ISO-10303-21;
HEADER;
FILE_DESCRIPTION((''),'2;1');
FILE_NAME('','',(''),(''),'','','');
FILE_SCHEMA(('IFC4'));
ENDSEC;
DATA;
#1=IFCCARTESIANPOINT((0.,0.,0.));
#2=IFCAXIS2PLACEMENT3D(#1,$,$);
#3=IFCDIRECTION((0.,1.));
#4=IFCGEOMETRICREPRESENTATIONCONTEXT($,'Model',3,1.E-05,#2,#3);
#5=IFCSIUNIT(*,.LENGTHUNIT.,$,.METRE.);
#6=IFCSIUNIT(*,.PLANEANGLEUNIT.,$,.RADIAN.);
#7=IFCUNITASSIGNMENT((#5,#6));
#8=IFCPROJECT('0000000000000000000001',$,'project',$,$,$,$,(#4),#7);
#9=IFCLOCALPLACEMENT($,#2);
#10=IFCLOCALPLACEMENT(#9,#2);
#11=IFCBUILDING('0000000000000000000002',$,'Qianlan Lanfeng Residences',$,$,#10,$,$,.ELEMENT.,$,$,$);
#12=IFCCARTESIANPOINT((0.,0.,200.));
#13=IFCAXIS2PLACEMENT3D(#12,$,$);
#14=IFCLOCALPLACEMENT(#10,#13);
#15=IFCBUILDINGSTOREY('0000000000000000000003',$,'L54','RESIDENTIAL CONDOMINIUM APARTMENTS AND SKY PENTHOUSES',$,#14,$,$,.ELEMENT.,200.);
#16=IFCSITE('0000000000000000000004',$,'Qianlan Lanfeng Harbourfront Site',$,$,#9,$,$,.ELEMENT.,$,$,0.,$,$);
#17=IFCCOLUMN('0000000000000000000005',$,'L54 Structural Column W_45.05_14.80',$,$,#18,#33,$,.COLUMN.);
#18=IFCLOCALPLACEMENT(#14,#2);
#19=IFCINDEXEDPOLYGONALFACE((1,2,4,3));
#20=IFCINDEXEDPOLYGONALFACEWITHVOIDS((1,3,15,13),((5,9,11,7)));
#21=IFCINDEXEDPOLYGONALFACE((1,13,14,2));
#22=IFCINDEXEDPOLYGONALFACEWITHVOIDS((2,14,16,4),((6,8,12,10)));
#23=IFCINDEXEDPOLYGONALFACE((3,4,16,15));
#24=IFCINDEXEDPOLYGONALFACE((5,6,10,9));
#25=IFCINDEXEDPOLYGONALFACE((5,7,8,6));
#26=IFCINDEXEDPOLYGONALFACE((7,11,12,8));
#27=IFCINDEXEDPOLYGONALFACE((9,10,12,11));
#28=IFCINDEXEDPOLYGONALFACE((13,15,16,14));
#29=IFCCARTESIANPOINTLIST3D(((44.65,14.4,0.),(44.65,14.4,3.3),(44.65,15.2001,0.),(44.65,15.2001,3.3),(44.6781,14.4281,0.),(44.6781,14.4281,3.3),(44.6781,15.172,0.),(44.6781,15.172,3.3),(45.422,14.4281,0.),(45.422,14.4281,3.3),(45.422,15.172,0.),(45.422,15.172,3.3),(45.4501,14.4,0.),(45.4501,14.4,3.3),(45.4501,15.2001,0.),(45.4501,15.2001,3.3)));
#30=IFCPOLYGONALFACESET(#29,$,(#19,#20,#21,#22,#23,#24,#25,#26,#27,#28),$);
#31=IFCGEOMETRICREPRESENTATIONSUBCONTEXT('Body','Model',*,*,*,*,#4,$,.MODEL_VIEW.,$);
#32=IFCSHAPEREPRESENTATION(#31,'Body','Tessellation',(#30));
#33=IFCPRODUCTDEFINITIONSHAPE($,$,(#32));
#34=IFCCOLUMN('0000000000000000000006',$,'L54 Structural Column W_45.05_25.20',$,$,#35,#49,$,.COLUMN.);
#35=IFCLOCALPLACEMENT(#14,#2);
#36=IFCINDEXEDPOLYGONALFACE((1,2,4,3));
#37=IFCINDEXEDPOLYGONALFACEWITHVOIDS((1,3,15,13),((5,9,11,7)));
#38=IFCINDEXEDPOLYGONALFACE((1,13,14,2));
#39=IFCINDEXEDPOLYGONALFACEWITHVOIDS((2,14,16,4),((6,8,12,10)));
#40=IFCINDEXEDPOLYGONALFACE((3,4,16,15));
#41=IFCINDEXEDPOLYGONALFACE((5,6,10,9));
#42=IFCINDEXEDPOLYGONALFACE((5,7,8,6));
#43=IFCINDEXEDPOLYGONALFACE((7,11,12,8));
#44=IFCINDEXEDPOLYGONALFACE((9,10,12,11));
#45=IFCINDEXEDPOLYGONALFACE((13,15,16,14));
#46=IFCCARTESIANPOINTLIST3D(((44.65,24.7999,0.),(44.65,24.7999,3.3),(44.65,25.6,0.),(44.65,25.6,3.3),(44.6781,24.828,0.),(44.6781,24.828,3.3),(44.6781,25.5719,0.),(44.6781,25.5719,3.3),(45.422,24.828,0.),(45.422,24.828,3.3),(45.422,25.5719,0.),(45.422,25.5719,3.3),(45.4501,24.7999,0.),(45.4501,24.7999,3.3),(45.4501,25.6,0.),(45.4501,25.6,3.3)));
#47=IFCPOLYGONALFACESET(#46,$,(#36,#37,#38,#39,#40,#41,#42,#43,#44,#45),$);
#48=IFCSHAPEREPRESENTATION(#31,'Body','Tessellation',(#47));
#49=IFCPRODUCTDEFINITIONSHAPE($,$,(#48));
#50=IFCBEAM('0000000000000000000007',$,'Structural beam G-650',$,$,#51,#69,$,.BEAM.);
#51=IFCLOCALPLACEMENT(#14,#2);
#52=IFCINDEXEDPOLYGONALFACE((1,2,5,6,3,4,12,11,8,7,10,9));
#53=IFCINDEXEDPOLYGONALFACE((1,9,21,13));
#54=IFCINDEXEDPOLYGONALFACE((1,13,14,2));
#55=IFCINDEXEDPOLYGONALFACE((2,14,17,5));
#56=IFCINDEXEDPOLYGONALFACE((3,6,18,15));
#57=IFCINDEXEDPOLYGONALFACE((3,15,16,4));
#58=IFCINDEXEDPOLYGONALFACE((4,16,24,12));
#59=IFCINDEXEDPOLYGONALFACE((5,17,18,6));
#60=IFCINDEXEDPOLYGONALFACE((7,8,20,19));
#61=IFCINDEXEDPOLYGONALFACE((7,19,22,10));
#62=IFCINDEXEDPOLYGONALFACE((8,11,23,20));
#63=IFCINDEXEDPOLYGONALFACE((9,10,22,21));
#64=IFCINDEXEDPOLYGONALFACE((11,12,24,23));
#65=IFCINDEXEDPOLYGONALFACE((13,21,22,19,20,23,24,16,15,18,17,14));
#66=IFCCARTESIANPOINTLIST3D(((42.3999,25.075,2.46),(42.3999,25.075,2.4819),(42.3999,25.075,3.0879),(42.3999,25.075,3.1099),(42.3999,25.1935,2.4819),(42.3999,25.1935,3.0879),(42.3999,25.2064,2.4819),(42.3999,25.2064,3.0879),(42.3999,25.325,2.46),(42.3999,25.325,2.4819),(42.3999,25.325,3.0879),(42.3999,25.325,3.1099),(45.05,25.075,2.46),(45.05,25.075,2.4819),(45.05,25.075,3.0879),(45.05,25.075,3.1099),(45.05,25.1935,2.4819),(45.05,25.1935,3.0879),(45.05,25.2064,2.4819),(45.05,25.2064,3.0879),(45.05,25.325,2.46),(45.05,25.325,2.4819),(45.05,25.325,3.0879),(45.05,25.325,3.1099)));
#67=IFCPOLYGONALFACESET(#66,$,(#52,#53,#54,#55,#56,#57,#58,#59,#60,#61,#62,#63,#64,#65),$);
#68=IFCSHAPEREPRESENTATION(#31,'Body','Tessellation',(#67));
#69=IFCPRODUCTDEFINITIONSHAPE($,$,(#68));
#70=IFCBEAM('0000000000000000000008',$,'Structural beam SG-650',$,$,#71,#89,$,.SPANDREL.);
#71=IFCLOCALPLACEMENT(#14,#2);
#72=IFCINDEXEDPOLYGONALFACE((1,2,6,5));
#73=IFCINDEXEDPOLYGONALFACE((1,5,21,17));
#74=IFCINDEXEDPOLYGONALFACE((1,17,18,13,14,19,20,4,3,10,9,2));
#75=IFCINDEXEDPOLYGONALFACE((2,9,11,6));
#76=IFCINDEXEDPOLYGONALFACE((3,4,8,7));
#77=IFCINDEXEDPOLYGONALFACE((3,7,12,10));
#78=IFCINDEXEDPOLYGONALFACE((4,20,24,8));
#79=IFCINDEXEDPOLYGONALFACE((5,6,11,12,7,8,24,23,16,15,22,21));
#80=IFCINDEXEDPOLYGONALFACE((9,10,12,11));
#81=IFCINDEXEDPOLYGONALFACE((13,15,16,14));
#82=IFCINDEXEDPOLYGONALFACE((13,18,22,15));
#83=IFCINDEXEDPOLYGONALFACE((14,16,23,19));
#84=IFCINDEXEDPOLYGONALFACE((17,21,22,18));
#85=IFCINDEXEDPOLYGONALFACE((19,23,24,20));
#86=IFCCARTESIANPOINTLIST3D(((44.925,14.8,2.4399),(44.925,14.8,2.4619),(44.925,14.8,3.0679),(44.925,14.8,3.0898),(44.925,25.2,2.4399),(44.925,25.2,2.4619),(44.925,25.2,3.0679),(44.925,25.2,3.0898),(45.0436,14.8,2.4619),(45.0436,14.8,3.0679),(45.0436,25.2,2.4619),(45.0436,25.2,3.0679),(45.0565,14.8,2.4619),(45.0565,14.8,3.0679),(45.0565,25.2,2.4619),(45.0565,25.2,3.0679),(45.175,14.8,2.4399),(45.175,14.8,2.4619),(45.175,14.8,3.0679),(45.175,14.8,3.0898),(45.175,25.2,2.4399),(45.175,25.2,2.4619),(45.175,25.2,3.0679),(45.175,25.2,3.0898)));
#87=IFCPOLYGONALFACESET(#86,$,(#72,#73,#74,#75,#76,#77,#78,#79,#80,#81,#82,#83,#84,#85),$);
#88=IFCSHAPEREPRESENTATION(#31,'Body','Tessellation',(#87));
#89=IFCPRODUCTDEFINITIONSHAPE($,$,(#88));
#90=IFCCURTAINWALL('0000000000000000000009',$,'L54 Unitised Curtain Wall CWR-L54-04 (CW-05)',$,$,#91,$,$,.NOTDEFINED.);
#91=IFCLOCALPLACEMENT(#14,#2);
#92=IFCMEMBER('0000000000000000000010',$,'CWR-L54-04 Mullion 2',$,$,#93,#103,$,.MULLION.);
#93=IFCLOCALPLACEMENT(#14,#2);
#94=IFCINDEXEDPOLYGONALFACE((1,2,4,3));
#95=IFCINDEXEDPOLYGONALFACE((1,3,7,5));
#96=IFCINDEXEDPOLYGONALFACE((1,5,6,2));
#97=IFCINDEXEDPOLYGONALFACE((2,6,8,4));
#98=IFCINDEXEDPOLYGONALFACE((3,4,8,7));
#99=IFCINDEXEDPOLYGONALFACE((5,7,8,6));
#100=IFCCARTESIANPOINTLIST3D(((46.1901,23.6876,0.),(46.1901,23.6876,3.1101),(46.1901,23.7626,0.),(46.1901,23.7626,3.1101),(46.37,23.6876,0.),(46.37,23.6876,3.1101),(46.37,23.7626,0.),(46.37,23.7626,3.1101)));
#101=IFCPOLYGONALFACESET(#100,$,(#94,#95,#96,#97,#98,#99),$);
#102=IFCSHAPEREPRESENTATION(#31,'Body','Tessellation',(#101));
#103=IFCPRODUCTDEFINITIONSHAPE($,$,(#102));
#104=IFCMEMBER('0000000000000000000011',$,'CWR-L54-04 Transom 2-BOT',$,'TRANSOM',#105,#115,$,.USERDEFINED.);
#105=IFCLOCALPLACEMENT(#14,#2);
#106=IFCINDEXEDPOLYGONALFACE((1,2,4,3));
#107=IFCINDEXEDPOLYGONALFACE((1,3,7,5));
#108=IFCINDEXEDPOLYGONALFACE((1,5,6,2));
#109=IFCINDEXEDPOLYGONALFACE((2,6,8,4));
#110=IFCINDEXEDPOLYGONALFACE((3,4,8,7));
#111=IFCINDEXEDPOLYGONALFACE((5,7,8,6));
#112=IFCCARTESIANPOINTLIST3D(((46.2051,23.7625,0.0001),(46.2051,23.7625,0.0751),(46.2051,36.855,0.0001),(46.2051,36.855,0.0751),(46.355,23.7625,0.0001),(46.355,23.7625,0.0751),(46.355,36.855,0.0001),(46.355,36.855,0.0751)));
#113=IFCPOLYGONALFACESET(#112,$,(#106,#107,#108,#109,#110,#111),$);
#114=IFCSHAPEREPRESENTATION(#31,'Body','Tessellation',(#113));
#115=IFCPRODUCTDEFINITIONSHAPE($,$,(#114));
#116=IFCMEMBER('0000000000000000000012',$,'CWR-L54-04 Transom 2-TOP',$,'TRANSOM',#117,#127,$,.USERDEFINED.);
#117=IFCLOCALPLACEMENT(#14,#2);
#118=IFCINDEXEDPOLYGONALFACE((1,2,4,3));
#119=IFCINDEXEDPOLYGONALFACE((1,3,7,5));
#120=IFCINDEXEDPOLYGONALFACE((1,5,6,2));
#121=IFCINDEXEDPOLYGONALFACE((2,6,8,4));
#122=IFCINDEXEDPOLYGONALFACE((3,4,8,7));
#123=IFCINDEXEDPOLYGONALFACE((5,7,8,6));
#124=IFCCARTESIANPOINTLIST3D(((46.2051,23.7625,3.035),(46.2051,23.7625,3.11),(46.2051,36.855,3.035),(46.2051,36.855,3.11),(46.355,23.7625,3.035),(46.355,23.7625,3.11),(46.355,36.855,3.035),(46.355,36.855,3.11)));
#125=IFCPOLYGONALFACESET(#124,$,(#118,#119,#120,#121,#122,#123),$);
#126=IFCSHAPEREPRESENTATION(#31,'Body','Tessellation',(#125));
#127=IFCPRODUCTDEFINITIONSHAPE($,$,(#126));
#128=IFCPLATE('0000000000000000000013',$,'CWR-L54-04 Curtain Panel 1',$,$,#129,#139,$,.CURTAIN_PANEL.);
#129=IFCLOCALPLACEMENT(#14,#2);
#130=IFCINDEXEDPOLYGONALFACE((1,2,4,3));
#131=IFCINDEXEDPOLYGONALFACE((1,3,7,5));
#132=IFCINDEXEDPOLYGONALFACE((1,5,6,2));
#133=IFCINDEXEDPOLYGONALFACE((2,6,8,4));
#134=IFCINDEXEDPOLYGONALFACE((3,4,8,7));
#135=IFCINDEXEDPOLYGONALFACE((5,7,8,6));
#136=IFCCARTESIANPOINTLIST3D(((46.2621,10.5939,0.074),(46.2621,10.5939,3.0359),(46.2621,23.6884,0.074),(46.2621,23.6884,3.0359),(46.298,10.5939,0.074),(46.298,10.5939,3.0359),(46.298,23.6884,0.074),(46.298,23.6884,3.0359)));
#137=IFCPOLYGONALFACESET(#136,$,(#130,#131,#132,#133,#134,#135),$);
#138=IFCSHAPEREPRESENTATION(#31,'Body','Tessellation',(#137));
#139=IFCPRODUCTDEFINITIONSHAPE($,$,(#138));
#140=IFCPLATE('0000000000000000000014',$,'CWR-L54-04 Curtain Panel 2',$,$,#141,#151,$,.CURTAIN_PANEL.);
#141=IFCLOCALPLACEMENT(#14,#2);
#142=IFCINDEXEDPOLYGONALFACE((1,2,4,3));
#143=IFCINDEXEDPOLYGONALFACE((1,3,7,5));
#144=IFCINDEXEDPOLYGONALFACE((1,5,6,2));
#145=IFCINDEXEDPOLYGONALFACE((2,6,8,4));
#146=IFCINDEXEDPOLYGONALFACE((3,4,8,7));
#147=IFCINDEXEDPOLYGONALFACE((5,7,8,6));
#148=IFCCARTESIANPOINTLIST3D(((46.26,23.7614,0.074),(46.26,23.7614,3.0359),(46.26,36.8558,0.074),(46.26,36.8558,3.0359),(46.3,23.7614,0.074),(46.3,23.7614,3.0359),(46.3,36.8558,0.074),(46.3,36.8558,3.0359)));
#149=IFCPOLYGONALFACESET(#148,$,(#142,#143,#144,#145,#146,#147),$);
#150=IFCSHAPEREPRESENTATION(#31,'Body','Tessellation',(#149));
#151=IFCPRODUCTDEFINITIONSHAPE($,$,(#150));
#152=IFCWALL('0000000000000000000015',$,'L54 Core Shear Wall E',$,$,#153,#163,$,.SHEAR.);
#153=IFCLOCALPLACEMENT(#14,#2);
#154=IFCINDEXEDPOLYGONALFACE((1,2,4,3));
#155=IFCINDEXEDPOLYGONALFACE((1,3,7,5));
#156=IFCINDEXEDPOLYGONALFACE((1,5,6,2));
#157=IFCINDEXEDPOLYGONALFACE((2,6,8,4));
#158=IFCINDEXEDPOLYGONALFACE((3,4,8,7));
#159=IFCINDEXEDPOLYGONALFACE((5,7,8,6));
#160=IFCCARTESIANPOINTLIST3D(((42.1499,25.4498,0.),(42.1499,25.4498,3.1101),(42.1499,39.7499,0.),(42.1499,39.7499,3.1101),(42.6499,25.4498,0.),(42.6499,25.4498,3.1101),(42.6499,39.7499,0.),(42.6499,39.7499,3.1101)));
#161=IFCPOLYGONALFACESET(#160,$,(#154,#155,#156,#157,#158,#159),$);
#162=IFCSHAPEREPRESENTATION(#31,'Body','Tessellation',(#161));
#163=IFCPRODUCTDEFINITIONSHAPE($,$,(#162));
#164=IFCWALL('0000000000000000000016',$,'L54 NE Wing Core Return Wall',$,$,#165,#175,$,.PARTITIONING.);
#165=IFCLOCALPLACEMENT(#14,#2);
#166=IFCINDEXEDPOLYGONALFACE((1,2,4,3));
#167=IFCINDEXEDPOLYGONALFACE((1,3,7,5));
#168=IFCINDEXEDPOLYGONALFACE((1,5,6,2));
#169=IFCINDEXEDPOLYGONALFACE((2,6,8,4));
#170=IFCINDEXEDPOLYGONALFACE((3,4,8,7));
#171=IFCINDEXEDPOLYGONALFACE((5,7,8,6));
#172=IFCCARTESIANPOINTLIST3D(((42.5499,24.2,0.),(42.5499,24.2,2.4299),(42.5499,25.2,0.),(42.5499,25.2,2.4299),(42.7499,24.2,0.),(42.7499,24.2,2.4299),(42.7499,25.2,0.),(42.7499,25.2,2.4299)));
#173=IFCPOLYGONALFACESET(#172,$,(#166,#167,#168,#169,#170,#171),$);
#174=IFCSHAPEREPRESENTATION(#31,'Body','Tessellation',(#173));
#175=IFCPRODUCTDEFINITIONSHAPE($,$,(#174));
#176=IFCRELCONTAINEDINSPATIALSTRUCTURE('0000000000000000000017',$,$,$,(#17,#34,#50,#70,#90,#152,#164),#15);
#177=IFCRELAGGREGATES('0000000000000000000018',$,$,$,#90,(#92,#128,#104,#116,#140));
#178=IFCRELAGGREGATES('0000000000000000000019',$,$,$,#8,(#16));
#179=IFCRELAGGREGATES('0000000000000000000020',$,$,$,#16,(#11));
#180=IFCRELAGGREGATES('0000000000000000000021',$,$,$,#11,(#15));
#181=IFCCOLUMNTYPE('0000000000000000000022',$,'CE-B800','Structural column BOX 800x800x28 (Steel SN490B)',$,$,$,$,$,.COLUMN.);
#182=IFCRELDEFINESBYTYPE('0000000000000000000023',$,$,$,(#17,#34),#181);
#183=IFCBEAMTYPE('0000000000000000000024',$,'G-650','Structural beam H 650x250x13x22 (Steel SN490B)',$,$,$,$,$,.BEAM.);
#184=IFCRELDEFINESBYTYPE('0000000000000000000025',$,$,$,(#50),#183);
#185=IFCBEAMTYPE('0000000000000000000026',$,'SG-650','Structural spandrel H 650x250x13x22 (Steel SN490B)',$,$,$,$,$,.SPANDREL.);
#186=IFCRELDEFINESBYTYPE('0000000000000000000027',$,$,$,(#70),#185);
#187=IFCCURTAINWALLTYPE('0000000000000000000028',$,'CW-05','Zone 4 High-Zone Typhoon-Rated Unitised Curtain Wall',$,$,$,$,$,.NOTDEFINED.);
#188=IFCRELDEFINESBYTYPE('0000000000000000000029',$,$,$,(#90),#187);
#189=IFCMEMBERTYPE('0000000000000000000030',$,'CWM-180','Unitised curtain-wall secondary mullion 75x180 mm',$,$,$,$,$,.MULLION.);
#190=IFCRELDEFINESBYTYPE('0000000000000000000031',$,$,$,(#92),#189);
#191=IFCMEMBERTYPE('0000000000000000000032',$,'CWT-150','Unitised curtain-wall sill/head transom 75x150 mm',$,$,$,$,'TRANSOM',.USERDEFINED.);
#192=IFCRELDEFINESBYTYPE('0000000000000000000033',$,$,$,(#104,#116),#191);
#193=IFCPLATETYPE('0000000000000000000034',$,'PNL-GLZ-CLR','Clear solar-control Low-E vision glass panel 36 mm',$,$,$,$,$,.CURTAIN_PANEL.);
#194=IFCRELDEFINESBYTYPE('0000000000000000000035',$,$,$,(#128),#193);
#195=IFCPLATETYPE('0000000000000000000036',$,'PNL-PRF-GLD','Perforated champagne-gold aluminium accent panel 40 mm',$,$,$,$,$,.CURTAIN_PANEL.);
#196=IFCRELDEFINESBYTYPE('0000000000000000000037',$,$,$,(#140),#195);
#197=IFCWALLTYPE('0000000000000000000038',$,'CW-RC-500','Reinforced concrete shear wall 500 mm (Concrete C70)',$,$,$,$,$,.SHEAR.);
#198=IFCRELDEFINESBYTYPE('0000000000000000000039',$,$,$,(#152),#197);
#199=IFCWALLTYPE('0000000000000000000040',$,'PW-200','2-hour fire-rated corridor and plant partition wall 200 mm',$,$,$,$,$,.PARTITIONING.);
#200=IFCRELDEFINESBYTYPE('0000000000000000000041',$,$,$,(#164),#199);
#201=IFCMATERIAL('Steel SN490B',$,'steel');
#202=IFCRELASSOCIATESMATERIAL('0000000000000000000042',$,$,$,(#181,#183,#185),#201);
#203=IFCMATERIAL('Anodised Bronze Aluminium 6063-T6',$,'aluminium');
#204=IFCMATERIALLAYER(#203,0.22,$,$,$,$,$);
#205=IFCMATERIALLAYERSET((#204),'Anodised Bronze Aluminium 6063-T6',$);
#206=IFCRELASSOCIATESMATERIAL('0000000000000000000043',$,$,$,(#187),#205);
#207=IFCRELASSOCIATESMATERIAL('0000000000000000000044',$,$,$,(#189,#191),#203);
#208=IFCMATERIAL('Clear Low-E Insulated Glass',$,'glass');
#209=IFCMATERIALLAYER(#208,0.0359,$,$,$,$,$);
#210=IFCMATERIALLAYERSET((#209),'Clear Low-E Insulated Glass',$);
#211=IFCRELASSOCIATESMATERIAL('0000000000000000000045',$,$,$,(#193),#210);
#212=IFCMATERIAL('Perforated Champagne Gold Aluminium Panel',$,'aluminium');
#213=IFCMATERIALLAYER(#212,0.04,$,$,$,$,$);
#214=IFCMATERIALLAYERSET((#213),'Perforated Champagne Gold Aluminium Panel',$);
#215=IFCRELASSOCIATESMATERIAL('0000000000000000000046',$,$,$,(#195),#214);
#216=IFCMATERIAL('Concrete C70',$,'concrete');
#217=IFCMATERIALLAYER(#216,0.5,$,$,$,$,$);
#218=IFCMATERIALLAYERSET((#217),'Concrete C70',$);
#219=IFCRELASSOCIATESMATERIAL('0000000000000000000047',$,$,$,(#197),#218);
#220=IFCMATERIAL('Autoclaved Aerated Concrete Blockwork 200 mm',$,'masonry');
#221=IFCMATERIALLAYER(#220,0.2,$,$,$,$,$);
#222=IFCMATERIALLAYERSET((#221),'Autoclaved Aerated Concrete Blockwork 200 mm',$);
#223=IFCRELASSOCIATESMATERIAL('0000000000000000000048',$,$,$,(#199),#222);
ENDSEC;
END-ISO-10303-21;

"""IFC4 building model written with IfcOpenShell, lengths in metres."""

from ifc_helpers import new_model, si_unit, direction, frame, frame_2d, origin, origin_2d, place, context, subcontext, project, spatial, rectangle, hollow_rectangle, i_section, extrude, source, transform, mapped, material, layer, layer_set, material_profile, profile_set, type_object, element, aggregate, save


model = new_model("IFC4")

# Units and contexts
model_context = context("Model", 3, precision=1e-05, world=origin(), true_north=direction((0.0, 1.0)))
body_context = subcontext(model_context, "Body", "Model", "MODEL_VIEW")
ifc_project = project(units=[si_unit("LENGTHUNIT", "METRE"), si_unit("PLANEANGLEUNIT", "RADIAN")], contexts=[model_context])

# Site, building, storey
site_placement = place(None, origin())
site = spatial("IfcSite", under=ifc_project, at=site_placement, Name="Qianlan Lanfeng Harbourfront Site", CompositionType="ELEMENT", RefElevation=0.0)
building_placement = place(site_placement, origin())
building = spatial("IfcBuilding", under=site, at=building_placement, Name="Qianlan Lanfeng Residences", CompositionType="ELEMENT")
storey_placement = place(building_placement, frame((0.0, 0.0, 200.0)))
storey = spatial("IfcBuildingStorey", under=building, at=storey_placement, Name="L54", Description="RESIDENTIAL CONDOMINIUM APARTMENTS AND SKY PENTHOUSES", CompositionType="ELEMENT", Elevation=200.0)

# Columns
ifc_material_1 = material(Name="Steel SN490B", Category="steel")
ifc_material_profile_1 = material_profile(ifc_material_1, hollow_rectangle(XDim=0.8, YDim=0.8, WallThickness=0.0281, at=origin_2d()), Name="BOX 800x800x28")
ifc_profile_set_1 = profile_set([ifc_material_profile_1], Name="Steel SN490B")
column_type = type_object("IfcColumnType", Name="CE-B800", Description="Structural column BOX 800x800x28 (Steel SN490B)", PredefinedType="COLUMN", material=ifc_profile_set_1)
for number, where, z_axis, x_axis, name in (
    (1, (45.05, 14.8, 0.0), (0.0, 0.0, 1.0), (1.0, 0.0, 0.0), "L54 Structural Column W_45.05_14.80"),
    (2, (45.05, 25.2, 0.0), (0.0, 0.0, 1.0), (1.0, 0.0, 0.0), "L54 Structural Column W_45.05_25.20"),
):
    element("IfcColumn", number, at=place(storey_placement, frame(where, z_axis=z_axis, x_axis=x_axis)), inside=storey, type_object=column_type, Name=name, PredefinedType="COLUMN", context=body_context, shape_type="SweptSolid", body=[
        extrude(hollow_rectangle(XDim=0.8, YDim=0.8, WallThickness=0.0281, at=origin_2d()), origin(), (0.0, 0.0, 1.0), 3.3),
    ])

# Beams
ifc_material_profile_2 = material_profile(ifc_material_1, i_section(OverallWidth=0.25, OverallDepth=0.6499, WebThickness=0.0129, FlangeThickness=0.022, at=origin_2d()), Name="H 650x250x13x22")
ifc_profile_set_2 = profile_set([ifc_material_profile_2], Name="Steel SN490B")
beam_type_1 = type_object("IfcBeamType", Name="G-650", Description="Structural beam H 650x250x13x22 (Steel SN490B)", PredefinedType="BEAM", material=ifc_profile_set_2)
beam_1_placement = place(storey_placement, frame((42.3999, 25.2, 2.7849), z_axis=(1.0, 0.0, 0.0), x_axis=(0.0, 1.0, 0.0)))
element("IfcBeam", 3, at=beam_1_placement, inside=storey, type_object=beam_type_1, Name="Structural beam G-650", PredefinedType="BEAM", context=body_context, shape_type="SweptSolid", body=[
    extrude(i_section(OverallWidth=0.25, OverallDepth=0.6499, WebThickness=0.0129, FlangeThickness=0.022, at=origin_2d()), origin(), (0.0, 0.0, 1.0), 2.6501),
])
ifc_material_profile_3 = material_profile(ifc_material_1, i_section(OverallWidth=0.25, OverallDepth=0.6499, WebThickness=0.0129, FlangeThickness=0.022, at=origin_2d()), Name="H 650x250x13x22")
ifc_profile_set_3 = profile_set([ifc_material_profile_3], Name="Steel SN490B")
beam_type_2 = type_object("IfcBeamType", Name="SG-650", Description="Structural spandrel H 650x250x13x22 (Steel SN490B)", PredefinedType="SPANDREL", material=ifc_profile_set_3)
beam_2_placement = place(storey_placement, frame((45.05, 14.8, 2.7649), z_axis=(0.0, 1.0, 0.0), x_axis=(-1.0, 0.0, 0.0)))
element("IfcBeam", 4, at=beam_2_placement, inside=storey, type_object=beam_type_2, Name="Structural beam SG-650", PredefinedType="SPANDREL", context=body_context, shape_type="SweptSolid", body=[
    extrude(i_section(OverallWidth=0.25, OverallDepth=0.6499, WebThickness=0.0129, FlangeThickness=0.022, at=origin_2d()), origin(), (0.0, 0.0, 1.0), 10.3999),
])

# Curtain wall, members, plates
ifc_material_2 = material(Name="Anodised Bronze Aluminium 6063-T6", Category="aluminium")
ifc_layer_1 = layer(ifc_material_2, 0.22)
ifc_layer_set_1 = layer_set([ifc_layer_1], Name="Anodised Bronze Aluminium 6063-T6")
curtain_wall_type = type_object("IfcCurtainWallType", Name="CW-05", Description="Zone 4 High-Zone Typhoon-Rated Unitised Curtain Wall", PredefinedType="NOTDEFINED", material=ifc_layer_set_1)
curtain_wall_placement = place(storey_placement, origin())
curtain_wall = element("IfcCurtainWall", 5, at=curtain_wall_placement, inside=storey, type_object=curtain_wall_type, Name="L54 Unitised Curtain Wall CWR-L54-04 (CW-05)", PredefinedType="NOTDEFINED")
ifc_material_profile_4 = material_profile(ifc_material_2, rectangle(XDim=0.075, YDim=0.1799, at=origin_2d()), Name="ALU MULLION 75x180")
ifc_profile_set_4 = profile_set([ifc_material_profile_4], Name="Anodised Bronze Aluminium 6063-T6")
member_type_1 = type_object("IfcMemberType", Name="CWM-180", Description="Unitised curtain-wall secondary mullion 75x180 mm", PredefinedType="MULLION", material=ifc_profile_set_4)
shared_shape_1 = source(origin(), body_context, "Body", "SweptSolid", [
    extrude(rectangle(XDim=0.075, YDim=0.1799, at=origin_2d()), origin(), (0.0, 0.0, 1.0), 3.1101),
])
member_1_placement = place(storey_placement, frame((46.28, 23.7251, 0.0), z_axis=(0.0, 0.0, 1.0), x_axis=(0.0, 1.0, 0.0)))
member_1 = element("IfcMember", 6, at=member_1_placement, type_object=member_type_1, Name="CWR-L54-04 Mullion 2", PredefinedType="MULLION", context=body_context, shape_type="MappedRepresentation", body=[
    mapped(shared_shape_1, transform((0.0, 0.0, 0.0), scale=1.0)),
])
ifc_material_profile_5 = material_profile(ifc_material_2, rectangle(XDim=0.075, YDim=0.1499, at=origin_2d()), Name="ALU TRANSOM 75x150")
ifc_profile_set_5 = profile_set([ifc_material_profile_5], Name="Anodised Bronze Aluminium 6063-T6")
member_type_2 = type_object("IfcMemberType", Name="CWT-150", Description="Unitised curtain-wall sill/head transom 75x150 mm", ElementType="TRANSOM", PredefinedType="USERDEFINED", material=ifc_profile_set_5)
shared_shape_2 = source(origin(), body_context, "Body", "SweptSolid", [
    extrude(rectangle(XDim=0.075, YDim=0.1499, at=origin_2d()), origin(), (0.0, 0.0, 1.0), 13.0925),
])
member_2_placement = place(storey_placement, frame((46.28, 23.7625, 0.0376), z_axis=(0.0, 1.0, 0.0), x_axis=(0.0, 0.0, 1.0)))
member_2 = element("IfcMember", 7, at=member_2_placement, type_object=member_type_2, Name="CWR-L54-04 Transom 2-BOT", ObjectType="TRANSOM", PredefinedType="USERDEFINED", context=body_context, shape_type="MappedRepresentation", body=[
    mapped(shared_shape_2, transform((0.0, 0.0, 0.0), scale=1.0)),
])
member_3_placement = place(storey_placement, frame((46.28, 23.7625, 3.0725), z_axis=(0.0, 1.0, 0.0), x_axis=(0.0, 0.0, 1.0)))
member_3 = element("IfcMember", 8, at=member_3_placement, type_object=member_type_2, Name="CWR-L54-04 Transom 2-TOP", ObjectType="TRANSOM", PredefinedType="USERDEFINED", context=body_context, shape_type="MappedRepresentation", body=[
    mapped(shared_shape_2, transform((0.0, 0.0, 0.0), scale=1.0)),
])
ifc_material_3 = material(Name="Clear Low-E Insulated Glass", Category="glass")
ifc_layer_2 = layer(ifc_material_3, 0.0359)
ifc_layer_set_2 = layer_set([ifc_layer_2], Name="Clear Low-E Insulated Glass")
plate_type_1 = type_object("IfcPlateType", Name="PNL-GLZ-CLR", Description="Clear solar-control Low-E vision glass panel 36 mm", PredefinedType="CURTAIN_PANEL", material=ifc_layer_set_2)
shared_shape_3 = source(origin(), body_context, "Body", "SweptSolid", [
    extrude(rectangle(XDim=13.0945, YDim=0.0359, at=origin_2d()), origin(), (0.0, 0.0, 1.0), 2.9619),
])
plate_1_placement = place(storey_placement, frame((46.28, 17.1411, 0.074), z_axis=(0.0, 0.0, 1.0), x_axis=(0.0, 1.0, 0.0)))
plate_1 = element("IfcPlate", 9, at=plate_1_placement, type_object=plate_type_1, Name="CWR-L54-04 Curtain Panel 1", PredefinedType="CURTAIN_PANEL", context=body_context, shape_type="MappedRepresentation", body=[
    mapped(shared_shape_3, transform((0.0, 0.0, 0.0), scale=1.0)),
])
ifc_material_4 = material(Name="Perforated Champagne Gold Aluminium Panel", Category="aluminium")
ifc_layer_3 = layer(ifc_material_4, 0.04)
ifc_layer_set_3 = layer_set([ifc_layer_3], Name="Perforated Champagne Gold Aluminium Panel")
plate_type_2 = type_object("IfcPlateType", Name="PNL-PRF-GLD", Description="Perforated champagne-gold aluminium accent panel 40 mm", PredefinedType="CURTAIN_PANEL", material=ifc_layer_set_3)
shared_shape_4 = source(origin(), body_context, "Body", "SweptSolid", [
    extrude(rectangle(XDim=13.0945, YDim=0.04, at=origin_2d()), origin(), (0.0, 0.0, 1.0), 2.9619),
])
plate_2_placement = place(storey_placement, frame((46.28, 30.3086, 0.074), z_axis=(0.0, 0.0, 1.0), x_axis=(0.0, 1.0, 0.0)))
plate_2 = element("IfcPlate", 10, at=plate_2_placement, type_object=plate_type_2, Name="CWR-L54-04 Curtain Panel 2", PredefinedType="CURTAIN_PANEL", context=body_context, shape_type="MappedRepresentation", body=[
    mapped(shared_shape_4, transform((0.0, 0.0, 0.0), scale=1.0)),
])
aggregate(curtain_wall, [member_1, plate_1, member_2, member_3, plate_2])

# Wall
ifc_material_5 = material(Name="Concrete C70", Category="concrete")
ifc_layer_4 = layer(ifc_material_5, 0.5)
ifc_layer_set_4 = layer_set([ifc_layer_4], Name="Concrete C70")
wall_type_1 = type_object("IfcWallType", Name="CW-RC-500", Description="Reinforced concrete shear wall 500 mm (Concrete C70)", PredefinedType="SHEAR", material=ifc_layer_set_4)
wall_1_placement = place(storey_placement, frame((42.3999, 25.45, 0.0), z_axis=(0.0, 0.0, 1.0), x_axis=(0.0, 1.0, 0.0)))
element("IfcWall", 11, at=wall_1_placement, inside=storey, type_object=wall_type_1, Name="L54 Core Shear Wall E", PredefinedType="SHEAR", context=body_context, shape_type="SweptSolid", body=[
    extrude(rectangle(XDim=14.3, YDim=0.5, at=frame_2d((7.1499, 0.0))), origin(), (0.0, 0.0, 1.0), 3.1101),
])

# Shared definitions
ifc_material_6 = material(Name="Autoclaved Aerated Concrete Blockwork 200 mm", Category="masonry")
ifc_layer_5 = layer(ifc_material_6, 0.2)
ifc_layer_set_5 = layer_set([ifc_layer_5], Name="Autoclaved Aerated Concrete Blockwork 200 mm")
wall_type_2 = type_object("IfcWallType", Name="PW-200", Description="2-hour fire-rated corridor and plant partition wall 200 mm", PredefinedType="PARTITIONING", material=ifc_layer_set_5)

# Wall
wall_2_placement = place(storey_placement, frame((42.6499, 24.2, 0.0), z_axis=(0.0, 0.0, 1.0), x_axis=(0.0, 1.0, 0.0)))
element("IfcWall", 12, at=wall_2_placement, inside=storey, type_object=wall_type_2, Name="L54 NE Wing Core Return Wall", PredefinedType="PARTITIONING", context=body_context, shape_type="SweptSolid", body=[
    extrude(rectangle(XDim=1.0, YDim=0.2, at=frame_2d((0.5, 0.0))), origin(), (0.0, 0.0, 1.0), 2.4299),
])

save(model, "model.ifc")
